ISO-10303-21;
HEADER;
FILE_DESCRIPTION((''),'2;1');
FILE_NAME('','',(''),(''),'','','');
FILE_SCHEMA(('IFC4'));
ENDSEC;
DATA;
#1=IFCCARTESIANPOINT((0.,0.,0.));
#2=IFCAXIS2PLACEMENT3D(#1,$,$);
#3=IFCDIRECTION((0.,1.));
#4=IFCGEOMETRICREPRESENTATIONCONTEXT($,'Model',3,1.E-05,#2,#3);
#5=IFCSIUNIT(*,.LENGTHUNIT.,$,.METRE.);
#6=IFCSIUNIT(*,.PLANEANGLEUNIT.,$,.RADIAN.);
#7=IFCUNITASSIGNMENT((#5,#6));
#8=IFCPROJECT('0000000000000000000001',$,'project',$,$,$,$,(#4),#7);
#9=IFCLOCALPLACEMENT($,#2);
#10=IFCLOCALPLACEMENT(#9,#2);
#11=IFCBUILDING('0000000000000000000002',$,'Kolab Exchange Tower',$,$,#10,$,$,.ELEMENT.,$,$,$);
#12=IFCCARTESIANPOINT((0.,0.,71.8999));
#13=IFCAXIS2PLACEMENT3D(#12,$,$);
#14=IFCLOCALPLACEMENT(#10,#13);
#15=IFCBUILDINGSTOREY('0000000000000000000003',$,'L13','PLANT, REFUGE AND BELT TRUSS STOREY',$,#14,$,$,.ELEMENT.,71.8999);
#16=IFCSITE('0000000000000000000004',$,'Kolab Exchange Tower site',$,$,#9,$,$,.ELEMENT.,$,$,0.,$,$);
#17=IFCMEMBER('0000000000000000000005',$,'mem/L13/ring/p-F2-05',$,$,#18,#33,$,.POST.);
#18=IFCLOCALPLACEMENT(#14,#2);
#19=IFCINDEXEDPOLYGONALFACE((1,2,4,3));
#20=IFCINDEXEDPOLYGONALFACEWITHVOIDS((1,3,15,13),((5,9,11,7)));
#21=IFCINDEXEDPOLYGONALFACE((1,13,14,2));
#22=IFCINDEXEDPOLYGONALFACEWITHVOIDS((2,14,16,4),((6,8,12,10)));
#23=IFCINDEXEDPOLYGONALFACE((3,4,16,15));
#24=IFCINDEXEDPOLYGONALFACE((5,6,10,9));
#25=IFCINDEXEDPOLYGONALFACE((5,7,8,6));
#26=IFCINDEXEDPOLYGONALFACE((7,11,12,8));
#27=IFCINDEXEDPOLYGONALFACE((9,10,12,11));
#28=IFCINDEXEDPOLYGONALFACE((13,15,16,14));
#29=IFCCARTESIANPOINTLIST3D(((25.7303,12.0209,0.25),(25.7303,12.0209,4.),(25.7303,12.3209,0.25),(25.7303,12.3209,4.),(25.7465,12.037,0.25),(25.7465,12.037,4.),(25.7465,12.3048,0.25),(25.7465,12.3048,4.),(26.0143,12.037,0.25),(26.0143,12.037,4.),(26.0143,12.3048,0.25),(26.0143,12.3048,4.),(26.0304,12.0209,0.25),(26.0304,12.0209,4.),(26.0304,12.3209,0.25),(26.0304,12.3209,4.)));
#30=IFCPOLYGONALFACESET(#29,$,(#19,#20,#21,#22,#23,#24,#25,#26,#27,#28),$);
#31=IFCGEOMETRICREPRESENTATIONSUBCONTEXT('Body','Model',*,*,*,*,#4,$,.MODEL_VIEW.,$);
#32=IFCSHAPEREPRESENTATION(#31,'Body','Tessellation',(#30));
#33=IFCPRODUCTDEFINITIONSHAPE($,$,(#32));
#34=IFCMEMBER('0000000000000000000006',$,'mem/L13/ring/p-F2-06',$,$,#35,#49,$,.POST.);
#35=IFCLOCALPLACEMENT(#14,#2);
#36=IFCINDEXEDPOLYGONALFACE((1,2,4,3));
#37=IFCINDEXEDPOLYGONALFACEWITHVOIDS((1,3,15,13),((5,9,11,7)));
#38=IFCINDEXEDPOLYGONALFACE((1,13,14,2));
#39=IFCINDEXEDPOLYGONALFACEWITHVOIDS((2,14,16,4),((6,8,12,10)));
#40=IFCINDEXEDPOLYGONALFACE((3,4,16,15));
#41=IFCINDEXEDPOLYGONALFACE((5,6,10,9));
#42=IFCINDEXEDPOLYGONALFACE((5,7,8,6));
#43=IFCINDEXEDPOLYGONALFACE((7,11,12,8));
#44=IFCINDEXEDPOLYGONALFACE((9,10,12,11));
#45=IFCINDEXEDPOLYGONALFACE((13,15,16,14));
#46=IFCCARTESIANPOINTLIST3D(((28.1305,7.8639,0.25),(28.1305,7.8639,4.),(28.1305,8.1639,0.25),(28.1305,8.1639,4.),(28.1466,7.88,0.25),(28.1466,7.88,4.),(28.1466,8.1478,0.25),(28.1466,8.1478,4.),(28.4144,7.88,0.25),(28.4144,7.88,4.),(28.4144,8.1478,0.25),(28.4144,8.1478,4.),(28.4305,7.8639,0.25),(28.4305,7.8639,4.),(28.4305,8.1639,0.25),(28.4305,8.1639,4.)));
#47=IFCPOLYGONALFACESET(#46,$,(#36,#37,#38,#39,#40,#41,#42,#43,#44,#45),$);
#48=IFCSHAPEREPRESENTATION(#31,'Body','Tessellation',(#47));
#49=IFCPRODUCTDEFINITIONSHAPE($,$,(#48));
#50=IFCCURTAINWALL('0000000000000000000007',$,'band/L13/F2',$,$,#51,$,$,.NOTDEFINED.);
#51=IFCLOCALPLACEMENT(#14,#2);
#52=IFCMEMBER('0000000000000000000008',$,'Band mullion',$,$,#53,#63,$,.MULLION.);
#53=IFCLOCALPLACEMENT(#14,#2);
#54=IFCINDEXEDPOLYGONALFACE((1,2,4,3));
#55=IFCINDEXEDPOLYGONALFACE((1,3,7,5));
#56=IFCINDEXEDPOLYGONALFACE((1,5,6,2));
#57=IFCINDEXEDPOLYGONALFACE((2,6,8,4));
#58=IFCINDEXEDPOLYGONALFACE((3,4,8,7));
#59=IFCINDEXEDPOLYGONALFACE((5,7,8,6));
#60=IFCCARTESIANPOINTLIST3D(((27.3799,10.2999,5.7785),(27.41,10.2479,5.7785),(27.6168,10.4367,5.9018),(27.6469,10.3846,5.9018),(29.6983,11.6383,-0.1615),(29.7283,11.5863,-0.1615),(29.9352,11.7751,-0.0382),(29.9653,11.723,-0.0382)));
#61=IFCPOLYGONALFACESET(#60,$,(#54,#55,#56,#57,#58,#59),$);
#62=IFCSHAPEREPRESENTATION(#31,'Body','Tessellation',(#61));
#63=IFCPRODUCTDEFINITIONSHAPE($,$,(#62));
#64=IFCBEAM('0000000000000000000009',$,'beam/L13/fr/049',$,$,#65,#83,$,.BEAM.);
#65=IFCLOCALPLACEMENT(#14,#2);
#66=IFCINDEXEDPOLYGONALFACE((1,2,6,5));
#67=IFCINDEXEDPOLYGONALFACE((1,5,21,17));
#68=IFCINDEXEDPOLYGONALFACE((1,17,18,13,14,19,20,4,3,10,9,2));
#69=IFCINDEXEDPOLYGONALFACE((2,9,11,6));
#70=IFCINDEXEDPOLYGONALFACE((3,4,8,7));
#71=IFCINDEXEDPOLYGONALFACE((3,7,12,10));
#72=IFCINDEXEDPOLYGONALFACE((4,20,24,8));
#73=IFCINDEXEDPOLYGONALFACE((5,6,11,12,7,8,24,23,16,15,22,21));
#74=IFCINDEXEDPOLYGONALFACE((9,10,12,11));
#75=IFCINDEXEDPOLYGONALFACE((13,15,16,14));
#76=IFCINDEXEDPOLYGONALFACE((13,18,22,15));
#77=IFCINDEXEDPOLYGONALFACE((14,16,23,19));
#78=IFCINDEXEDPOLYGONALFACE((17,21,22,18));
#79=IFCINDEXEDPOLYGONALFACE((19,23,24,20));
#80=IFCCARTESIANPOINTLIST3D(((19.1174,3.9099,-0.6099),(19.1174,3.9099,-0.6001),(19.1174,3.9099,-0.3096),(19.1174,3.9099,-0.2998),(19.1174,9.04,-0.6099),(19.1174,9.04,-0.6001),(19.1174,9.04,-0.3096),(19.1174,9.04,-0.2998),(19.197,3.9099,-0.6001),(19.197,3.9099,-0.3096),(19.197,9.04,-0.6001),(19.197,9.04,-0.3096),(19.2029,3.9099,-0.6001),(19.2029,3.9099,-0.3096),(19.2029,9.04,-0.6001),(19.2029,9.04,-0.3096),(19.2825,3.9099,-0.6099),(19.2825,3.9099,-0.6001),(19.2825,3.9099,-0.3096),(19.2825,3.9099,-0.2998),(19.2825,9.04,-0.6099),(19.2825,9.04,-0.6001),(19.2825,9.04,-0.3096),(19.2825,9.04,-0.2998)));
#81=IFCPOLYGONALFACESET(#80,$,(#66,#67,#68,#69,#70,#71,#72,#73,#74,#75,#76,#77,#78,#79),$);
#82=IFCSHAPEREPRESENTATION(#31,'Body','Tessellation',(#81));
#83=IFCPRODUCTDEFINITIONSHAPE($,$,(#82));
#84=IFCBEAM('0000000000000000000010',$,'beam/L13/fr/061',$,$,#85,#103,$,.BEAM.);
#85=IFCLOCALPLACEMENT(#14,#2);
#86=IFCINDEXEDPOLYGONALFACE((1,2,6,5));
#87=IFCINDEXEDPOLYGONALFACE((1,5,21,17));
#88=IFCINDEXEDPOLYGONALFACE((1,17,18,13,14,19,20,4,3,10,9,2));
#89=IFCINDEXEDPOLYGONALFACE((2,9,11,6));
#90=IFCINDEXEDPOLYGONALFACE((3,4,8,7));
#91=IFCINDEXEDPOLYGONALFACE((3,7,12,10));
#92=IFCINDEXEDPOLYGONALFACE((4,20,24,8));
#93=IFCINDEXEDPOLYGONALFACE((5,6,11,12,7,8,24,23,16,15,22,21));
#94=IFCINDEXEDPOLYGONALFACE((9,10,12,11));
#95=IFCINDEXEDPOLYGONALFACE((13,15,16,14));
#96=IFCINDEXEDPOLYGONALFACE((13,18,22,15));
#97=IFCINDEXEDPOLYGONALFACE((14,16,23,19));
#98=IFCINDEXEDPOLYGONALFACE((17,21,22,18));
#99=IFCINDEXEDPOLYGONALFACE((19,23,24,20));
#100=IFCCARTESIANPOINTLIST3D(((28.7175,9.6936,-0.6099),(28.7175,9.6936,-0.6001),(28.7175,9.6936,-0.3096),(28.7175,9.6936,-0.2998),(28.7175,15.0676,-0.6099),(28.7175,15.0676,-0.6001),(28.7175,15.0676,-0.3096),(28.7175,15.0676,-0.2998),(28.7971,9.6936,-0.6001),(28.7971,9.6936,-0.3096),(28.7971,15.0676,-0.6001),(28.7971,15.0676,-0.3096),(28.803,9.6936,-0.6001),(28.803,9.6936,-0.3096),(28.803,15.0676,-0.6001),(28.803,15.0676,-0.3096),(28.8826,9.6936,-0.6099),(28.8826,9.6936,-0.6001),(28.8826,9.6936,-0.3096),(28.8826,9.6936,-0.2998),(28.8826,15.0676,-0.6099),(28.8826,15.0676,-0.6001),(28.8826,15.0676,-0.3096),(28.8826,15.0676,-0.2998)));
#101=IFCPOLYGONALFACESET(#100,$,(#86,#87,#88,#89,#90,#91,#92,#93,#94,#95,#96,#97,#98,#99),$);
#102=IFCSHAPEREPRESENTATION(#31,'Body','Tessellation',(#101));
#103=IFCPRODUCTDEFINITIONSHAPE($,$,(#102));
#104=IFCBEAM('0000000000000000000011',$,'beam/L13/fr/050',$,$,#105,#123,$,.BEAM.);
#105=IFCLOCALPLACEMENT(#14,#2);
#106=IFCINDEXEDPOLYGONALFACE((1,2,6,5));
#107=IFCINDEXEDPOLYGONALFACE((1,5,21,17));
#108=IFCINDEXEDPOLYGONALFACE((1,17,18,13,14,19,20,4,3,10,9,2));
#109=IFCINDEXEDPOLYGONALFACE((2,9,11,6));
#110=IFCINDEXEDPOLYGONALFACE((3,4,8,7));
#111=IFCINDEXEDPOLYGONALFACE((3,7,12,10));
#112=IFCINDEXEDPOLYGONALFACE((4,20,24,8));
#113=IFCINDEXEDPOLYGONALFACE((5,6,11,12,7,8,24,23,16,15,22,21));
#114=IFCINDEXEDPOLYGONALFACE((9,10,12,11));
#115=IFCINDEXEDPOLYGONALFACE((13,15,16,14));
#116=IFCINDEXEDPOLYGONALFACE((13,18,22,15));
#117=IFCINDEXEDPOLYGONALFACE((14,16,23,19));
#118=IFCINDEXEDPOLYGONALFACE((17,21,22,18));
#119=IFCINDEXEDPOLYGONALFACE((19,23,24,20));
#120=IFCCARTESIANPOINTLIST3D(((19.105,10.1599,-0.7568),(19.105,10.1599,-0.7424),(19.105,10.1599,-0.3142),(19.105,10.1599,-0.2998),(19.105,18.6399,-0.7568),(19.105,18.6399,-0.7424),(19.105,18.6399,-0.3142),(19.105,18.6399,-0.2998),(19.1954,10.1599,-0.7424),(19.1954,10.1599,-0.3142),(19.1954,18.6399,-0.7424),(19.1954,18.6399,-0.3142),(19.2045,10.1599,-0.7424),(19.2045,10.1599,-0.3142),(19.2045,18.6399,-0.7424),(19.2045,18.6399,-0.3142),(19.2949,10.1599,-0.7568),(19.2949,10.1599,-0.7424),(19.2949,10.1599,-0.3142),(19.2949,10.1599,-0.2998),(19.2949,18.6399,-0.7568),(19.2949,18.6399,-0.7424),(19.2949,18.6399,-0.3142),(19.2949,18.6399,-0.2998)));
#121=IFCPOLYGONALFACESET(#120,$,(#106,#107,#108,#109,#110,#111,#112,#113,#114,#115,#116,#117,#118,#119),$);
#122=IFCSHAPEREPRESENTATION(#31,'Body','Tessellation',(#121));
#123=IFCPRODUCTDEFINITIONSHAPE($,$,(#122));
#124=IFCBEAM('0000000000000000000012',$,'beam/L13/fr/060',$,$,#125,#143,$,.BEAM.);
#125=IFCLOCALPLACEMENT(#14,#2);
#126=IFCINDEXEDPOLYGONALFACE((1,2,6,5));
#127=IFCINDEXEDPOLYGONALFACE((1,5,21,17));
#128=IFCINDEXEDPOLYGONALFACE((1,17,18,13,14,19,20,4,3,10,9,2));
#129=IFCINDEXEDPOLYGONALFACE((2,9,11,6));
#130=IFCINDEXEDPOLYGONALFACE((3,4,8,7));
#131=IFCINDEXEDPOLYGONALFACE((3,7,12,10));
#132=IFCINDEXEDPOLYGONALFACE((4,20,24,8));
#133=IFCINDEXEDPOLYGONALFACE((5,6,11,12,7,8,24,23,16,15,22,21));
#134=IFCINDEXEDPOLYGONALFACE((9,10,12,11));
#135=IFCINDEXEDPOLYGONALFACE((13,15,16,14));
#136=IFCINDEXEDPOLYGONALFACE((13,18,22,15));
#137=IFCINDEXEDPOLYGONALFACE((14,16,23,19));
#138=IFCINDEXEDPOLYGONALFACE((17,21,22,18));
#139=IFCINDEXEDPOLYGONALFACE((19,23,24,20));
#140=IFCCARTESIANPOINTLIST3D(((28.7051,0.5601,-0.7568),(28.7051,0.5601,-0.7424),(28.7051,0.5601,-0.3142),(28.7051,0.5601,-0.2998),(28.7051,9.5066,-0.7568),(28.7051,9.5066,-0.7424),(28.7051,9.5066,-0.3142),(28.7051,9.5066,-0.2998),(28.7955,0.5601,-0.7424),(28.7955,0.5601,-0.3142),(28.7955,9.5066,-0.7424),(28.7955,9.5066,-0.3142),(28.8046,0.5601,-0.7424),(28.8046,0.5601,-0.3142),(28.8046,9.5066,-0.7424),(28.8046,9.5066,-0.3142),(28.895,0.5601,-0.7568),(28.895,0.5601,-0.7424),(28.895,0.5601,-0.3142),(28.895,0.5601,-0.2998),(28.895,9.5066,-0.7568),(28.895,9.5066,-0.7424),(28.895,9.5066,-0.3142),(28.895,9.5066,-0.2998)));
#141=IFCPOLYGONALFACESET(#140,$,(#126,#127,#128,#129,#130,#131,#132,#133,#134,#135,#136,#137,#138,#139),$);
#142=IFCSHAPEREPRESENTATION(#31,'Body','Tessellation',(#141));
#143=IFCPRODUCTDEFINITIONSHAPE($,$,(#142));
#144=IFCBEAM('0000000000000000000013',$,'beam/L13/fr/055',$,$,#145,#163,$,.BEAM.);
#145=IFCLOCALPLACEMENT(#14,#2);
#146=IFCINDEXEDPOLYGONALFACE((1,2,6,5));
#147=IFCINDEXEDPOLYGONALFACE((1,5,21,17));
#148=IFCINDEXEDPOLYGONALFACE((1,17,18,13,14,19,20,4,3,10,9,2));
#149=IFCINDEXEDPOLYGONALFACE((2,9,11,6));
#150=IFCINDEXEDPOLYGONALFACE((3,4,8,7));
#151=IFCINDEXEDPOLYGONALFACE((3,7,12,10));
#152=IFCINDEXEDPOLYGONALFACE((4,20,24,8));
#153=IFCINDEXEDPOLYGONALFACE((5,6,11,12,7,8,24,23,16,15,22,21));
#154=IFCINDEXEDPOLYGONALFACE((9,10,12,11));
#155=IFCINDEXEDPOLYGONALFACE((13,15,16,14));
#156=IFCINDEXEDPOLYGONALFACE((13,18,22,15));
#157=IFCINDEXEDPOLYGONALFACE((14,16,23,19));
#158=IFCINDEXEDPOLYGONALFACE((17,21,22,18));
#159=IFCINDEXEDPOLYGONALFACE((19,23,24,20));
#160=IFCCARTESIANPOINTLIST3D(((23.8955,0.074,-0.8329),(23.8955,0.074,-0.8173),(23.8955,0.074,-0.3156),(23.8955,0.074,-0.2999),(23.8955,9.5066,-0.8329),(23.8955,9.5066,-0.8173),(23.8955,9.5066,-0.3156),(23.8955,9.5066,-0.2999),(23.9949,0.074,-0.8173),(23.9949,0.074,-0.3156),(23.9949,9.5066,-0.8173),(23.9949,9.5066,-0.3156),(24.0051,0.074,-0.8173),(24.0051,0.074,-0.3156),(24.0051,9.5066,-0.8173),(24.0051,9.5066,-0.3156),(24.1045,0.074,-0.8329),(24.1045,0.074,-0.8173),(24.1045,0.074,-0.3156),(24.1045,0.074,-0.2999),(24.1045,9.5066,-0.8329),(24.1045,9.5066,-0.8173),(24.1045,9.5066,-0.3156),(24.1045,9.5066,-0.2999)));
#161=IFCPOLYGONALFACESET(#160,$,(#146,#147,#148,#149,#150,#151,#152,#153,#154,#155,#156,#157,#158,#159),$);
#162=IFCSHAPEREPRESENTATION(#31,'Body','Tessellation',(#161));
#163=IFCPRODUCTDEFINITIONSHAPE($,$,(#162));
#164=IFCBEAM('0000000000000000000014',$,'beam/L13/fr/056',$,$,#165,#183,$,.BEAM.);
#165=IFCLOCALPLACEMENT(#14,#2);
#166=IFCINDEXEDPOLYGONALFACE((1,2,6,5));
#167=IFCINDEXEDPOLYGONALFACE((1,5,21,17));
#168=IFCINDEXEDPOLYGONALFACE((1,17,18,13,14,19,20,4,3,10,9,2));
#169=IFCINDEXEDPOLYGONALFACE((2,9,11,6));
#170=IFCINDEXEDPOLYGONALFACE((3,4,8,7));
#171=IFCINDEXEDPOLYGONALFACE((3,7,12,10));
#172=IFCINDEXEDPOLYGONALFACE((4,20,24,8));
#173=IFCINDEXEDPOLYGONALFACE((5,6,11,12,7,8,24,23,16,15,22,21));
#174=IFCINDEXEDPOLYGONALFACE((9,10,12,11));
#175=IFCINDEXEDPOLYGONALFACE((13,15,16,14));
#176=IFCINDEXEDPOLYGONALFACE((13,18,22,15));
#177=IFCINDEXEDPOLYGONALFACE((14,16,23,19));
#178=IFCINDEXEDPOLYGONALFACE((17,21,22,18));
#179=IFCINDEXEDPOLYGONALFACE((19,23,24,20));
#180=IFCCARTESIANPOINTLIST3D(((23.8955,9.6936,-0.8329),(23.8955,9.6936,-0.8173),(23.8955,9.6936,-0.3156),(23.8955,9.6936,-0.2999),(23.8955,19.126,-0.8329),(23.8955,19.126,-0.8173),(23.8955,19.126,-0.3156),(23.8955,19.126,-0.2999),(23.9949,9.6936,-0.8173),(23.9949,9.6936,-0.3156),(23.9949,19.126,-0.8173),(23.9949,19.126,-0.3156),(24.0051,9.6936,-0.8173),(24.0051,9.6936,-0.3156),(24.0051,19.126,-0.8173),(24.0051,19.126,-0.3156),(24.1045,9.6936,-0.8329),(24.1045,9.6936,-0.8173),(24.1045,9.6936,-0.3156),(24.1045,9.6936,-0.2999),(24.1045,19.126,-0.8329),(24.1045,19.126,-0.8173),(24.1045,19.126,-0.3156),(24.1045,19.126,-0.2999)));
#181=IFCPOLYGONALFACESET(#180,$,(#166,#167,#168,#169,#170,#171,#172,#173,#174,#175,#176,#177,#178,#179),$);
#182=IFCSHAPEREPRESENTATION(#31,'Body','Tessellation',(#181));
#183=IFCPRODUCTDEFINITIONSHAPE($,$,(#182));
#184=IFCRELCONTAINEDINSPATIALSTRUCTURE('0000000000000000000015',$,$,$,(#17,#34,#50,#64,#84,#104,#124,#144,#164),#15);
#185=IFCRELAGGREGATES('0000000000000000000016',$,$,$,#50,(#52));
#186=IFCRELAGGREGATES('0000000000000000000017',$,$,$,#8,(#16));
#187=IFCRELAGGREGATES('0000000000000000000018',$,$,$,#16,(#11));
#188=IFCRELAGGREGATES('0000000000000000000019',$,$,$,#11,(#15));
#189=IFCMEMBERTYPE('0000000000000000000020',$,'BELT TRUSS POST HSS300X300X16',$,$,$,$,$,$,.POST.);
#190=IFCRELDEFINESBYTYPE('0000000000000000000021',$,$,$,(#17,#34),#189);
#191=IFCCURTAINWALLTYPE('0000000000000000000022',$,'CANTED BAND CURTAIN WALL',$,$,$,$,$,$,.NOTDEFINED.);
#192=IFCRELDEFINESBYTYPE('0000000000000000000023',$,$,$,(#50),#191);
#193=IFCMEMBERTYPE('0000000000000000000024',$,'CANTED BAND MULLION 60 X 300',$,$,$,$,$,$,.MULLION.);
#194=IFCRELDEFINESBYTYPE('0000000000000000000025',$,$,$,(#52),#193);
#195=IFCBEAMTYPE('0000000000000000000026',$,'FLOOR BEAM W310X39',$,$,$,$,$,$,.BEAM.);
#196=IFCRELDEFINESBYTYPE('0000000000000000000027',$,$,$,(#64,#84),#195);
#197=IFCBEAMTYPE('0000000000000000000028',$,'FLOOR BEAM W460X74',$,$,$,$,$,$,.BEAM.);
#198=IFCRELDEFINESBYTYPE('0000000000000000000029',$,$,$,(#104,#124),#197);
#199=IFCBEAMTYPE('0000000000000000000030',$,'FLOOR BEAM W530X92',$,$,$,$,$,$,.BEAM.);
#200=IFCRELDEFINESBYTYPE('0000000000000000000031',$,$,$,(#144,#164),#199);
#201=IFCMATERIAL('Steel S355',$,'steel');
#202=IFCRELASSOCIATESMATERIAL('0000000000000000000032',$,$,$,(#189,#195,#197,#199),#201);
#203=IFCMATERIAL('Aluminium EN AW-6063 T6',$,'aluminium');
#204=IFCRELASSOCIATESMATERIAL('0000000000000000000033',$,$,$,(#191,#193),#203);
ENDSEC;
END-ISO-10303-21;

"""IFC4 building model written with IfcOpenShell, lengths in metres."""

from ifc_helpers import new_model, si_unit, direction, frame, origin, origin_2d, place, context, subcontext, project, spatial, rectangle, hollow_rectangle, i_section, extrude, material, material_profile, profile_set, type_object, element, aggregate, save


model = new_model("IFC4")

# Units and contexts
model_context = context("Model", 3, precision=1e-05, world=origin(), true_north=direction((0.0, 1.0)))
body_context = subcontext(model_context, "Body", "Model", "MODEL_VIEW")
ifc_project = project(units=[si_unit("LENGTHUNIT", "METRE"), si_unit("PLANEANGLEUNIT", "RADIAN")], contexts=[model_context])

# Site, building, storey
site_placement = place(None, origin())
site = spatial("IfcSite", under=ifc_project, at=site_placement, Name="Kolab Exchange Tower site", CompositionType="ELEMENT", RefElevation=0.0)
building_placement = place(site_placement, origin())
building = spatial("IfcBuilding", under=site, at=building_placement, Name="Kolab Exchange Tower", CompositionType="ELEMENT")
storey_placement = place(building_placement, frame((0.0, 0.0, 71.8999)))
storey = spatial("IfcBuildingStorey", under=building, at=storey_placement, Name="L13", Description="PLANT, REFUGE AND BELT TRUSS STOREY", CompositionType="ELEMENT", Elevation=71.8999)

# Shared definitions
ifc_material_1 = material(Name="Steel S355", Category="steel")

# Members
ifc_material_profile_1 = material_profile(ifc_material_1, hollow_rectangle(XDim=0.3, YDim=0.3, WallThickness=0.0161, at=origin_2d()), Name="HSS300X300X16")
ifc_profile_set_1 = profile_set([ifc_material_profile_1], Name="Steel S355")
member_type_1 = type_object("IfcMemberType", Name="BELT TRUSS POST HSS300X300X16", PredefinedType="POST", material=ifc_profile_set_1)
for number, where, z_axis, x_axis, name in (
    (1, (25.8804, 12.1709, 0.25), (0.0, 0.0, 1.0), (1.0, 0.0, 0.0), "mem/L13/ring/p-F2-05"),
    (2, (28.2805, 8.0139, 0.25), (0.0, 0.0, 1.0), (1.0, 0.0, 0.0), "mem/L13/ring/p-F2-06"),
):
    element("IfcMember", number, at=place(storey_placement, frame(where, z_axis=z_axis, x_axis=x_axis)), inside=storey, type_object=member_type_1, Name=name, PredefinedType="POST", context=body_context, shape_type="SweptSolid", body=[
        extrude(hollow_rectangle(XDim=0.3, YDim=0.3, WallThickness=0.0161, at=origin_2d()), origin(), (0.0, 0.0, 1.0), 3.75),
    ])

# Curtain wall, member
ifc_material_2 = material(Name="Aluminium EN AW-6063 T6", Category="aluminium")
curtain_wall_type = type_object("IfcCurtainWallType", Name="CANTED BAND CURTAIN WALL", PredefinedType="NOTDEFINED", material=ifc_material_2)
curtain_wall_placement = place(storey_placement, origin())
curtain_wall = element("IfcCurtainWall", 3, at=curtain_wall_placement, inside=storey, type_object=curtain_wall_type, Name="band/L13/F2", PredefinedType="NOTDEFINED")
ifc_material_profile_2 = material_profile(ifc_material_2, rectangle(XDim=0.0601, YDim=0.3, at=origin_2d()), Name="RECT 60X300")
ifc_profile_set_2 = profile_set([ifc_material_profile_2], Name="Aluminium EN AW-6063 T6")
member_type_2 = type_object("IfcMemberType", Name="CANTED BAND MULLION 60 X 300", PredefinedType="MULLION", material=ifc_profile_set_2)
member_1_placement = place(storey_placement, frame((29.8318, 11.6807, -0.0999), z_axis=(-0.355834, -0.205421, 0.911693), x_axis=(0.499965, -0.866046, 0.0)))
member_1 = element("IfcMember", 4, at=member_1_placement, type_object=member_type_2, Name="Band mullion", PredefinedType="MULLION", context=body_context, shape_type="SweptSolid", body=[
    extrude(rectangle(XDim=0.0601, YDim=0.3, at=origin_2d()), origin(), (0.0, 0.0, 1.0), 6.5154),
])

# Beams
ifc_material_profile_3 = material_profile(ifc_material_1, i_section(OverallWidth=0.165, OverallDepth=0.3101, WebThickness=0.0059, FlangeThickness=0.0098, at=origin_2d()), Name="W310X39")
ifc_profile_set_3 = profile_set([ifc_material_profile_3], Name="Steel S355")
beam_type_1 = type_object("IfcBeamType", Name="FLOOR BEAM W310X39", PredefinedType="BEAM", material=ifc_profile_set_3)
beam_1_placement = place(storey_placement, frame((19.2, 3.9099, -0.4548), z_axis=(0.0, 1.0, 0.0), x_axis=(-1.0, 0.0, 0.0)))
element("IfcBeam", 5, at=beam_1_placement, inside=storey, type_object=beam_type_1, Name="beam/L13/fr/049", PredefinedType="BEAM", context=body_context, shape_type="SweptSolid", body=[
    extrude(i_section(OverallWidth=0.165, OverallDepth=0.3101, WebThickness=0.0059, FlangeThickness=0.0098, at=origin_2d()), origin(), (0.0, 0.0, 1.0), 5.1301),
])
beam_2_placement = place(storey_placement, frame((28.8, 9.6936, -0.4548), z_axis=(0.0, 1.0, 0.0), x_axis=(-1.0, 0.0, 0.0)))
element("IfcBeam", 6, at=beam_2_placement, inside=storey, type_object=beam_type_1, Name="beam/L13/fr/061", PredefinedType="BEAM", context=body_context, shape_type="SweptSolid", body=[
    extrude(i_section(OverallWidth=0.165, OverallDepth=0.3101, WebThickness=0.0059, FlangeThickness=0.0098, at=origin_2d()), origin(), (0.0, 0.0, 1.0), 5.374),
])
ifc_material_profile_4 = material_profile(ifc_material_1, i_section(OverallWidth=0.1899, OverallDepth=0.457, WebThickness=0.009, FlangeThickness=0.0144, at=origin_2d()), Name="W460X74")
ifc_profile_set_4 = profile_set([ifc_material_profile_4], Name="Steel S355")
beam_type_2 = type_object("IfcBeamType", Name="FLOOR BEAM W460X74", PredefinedType="BEAM", material=ifc_profile_set_4)
beam_3_placement = place(storey_placement, frame((19.2, 10.1599, -0.5283), z_axis=(0.0, 1.0, 0.0), x_axis=(-1.0, 0.0, 0.0)))
element("IfcBeam", 7, at=beam_3_placement, inside=storey, type_object=beam_type_2, Name="beam/L13/fr/050", PredefinedType="BEAM", context=body_context, shape_type="SweptSolid", body=[
    extrude(i_section(OverallWidth=0.1899, OverallDepth=0.457, WebThickness=0.009, FlangeThickness=0.0144, at=origin_2d()), origin(), (0.0, 0.0, 1.0), 8.48),
])
beam_4_placement = place(storey_placement, frame((28.8, 0.5601, -0.5283), z_axis=(0.0, 1.0, 0.0), x_axis=(-1.0, 0.0, 0.0)))
element("IfcBeam", 8, at=beam_4_placement, inside=storey, type_object=beam_type_2, Name="beam/L13/fr/060", PredefinedType="BEAM", context=body_context, shape_type="SweptSolid", body=[
    extrude(i_section(OverallWidth=0.1899, OverallDepth=0.457, WebThickness=0.009, FlangeThickness=0.0144, at=origin_2d()), origin(), (0.0, 0.0, 1.0), 8.9465),
])
ifc_material_profile_5 = material_profile(ifc_material_1, i_section(OverallWidth=0.209, OverallDepth=0.533, WebThickness=0.0103, FlangeThickness=0.0156, at=origin_2d()), Name="W530X92")
ifc_profile_set_5 = profile_set([ifc_material_profile_5], Name="Steel S355")
beam_type_3 = type_object("IfcBeamType", Name="FLOOR BEAM W530X92", PredefinedType="BEAM", material=ifc_profile_set_5)
beam_5_placement = place(storey_placement, frame((24.0, 0.074, -0.5664), z_axis=(0.0, 1.0, 0.0), x_axis=(-1.0, 0.0, 0.0)))
element("IfcBeam", 9, at=beam_5_placement, inside=storey, type_object=beam_type_3, Name="beam/L13/fr/055", PredefinedType="BEAM", context=body_context, shape_type="SweptSolid", body=[
    extrude(i_section(OverallWidth=0.209, OverallDepth=0.533, WebThickness=0.0103, FlangeThickness=0.0156, at=origin_2d()), origin(), (0.0, 0.0, 1.0), 9.4326),
])
beam_6_placement = place(storey_placement, frame((24.0, 9.6936, -0.5664), z_axis=(0.0, 1.0, 0.0), x_axis=(-1.0, 0.0, 0.0)))
element("IfcBeam", 10, at=beam_6_placement, inside=storey, type_object=beam_type_3, Name="beam/L13/fr/056", PredefinedType="BEAM", context=body_context, shape_type="SweptSolid", body=[
    extrude(i_section(OverallWidth=0.209, OverallDepth=0.533, WebThickness=0.0103, FlangeThickness=0.0156, at=origin_2d()), origin(), (0.0, 0.0, 1.0), 9.4324),
])

aggregate(curtain_wall, [member_1])

save(model, "model.ifc")
